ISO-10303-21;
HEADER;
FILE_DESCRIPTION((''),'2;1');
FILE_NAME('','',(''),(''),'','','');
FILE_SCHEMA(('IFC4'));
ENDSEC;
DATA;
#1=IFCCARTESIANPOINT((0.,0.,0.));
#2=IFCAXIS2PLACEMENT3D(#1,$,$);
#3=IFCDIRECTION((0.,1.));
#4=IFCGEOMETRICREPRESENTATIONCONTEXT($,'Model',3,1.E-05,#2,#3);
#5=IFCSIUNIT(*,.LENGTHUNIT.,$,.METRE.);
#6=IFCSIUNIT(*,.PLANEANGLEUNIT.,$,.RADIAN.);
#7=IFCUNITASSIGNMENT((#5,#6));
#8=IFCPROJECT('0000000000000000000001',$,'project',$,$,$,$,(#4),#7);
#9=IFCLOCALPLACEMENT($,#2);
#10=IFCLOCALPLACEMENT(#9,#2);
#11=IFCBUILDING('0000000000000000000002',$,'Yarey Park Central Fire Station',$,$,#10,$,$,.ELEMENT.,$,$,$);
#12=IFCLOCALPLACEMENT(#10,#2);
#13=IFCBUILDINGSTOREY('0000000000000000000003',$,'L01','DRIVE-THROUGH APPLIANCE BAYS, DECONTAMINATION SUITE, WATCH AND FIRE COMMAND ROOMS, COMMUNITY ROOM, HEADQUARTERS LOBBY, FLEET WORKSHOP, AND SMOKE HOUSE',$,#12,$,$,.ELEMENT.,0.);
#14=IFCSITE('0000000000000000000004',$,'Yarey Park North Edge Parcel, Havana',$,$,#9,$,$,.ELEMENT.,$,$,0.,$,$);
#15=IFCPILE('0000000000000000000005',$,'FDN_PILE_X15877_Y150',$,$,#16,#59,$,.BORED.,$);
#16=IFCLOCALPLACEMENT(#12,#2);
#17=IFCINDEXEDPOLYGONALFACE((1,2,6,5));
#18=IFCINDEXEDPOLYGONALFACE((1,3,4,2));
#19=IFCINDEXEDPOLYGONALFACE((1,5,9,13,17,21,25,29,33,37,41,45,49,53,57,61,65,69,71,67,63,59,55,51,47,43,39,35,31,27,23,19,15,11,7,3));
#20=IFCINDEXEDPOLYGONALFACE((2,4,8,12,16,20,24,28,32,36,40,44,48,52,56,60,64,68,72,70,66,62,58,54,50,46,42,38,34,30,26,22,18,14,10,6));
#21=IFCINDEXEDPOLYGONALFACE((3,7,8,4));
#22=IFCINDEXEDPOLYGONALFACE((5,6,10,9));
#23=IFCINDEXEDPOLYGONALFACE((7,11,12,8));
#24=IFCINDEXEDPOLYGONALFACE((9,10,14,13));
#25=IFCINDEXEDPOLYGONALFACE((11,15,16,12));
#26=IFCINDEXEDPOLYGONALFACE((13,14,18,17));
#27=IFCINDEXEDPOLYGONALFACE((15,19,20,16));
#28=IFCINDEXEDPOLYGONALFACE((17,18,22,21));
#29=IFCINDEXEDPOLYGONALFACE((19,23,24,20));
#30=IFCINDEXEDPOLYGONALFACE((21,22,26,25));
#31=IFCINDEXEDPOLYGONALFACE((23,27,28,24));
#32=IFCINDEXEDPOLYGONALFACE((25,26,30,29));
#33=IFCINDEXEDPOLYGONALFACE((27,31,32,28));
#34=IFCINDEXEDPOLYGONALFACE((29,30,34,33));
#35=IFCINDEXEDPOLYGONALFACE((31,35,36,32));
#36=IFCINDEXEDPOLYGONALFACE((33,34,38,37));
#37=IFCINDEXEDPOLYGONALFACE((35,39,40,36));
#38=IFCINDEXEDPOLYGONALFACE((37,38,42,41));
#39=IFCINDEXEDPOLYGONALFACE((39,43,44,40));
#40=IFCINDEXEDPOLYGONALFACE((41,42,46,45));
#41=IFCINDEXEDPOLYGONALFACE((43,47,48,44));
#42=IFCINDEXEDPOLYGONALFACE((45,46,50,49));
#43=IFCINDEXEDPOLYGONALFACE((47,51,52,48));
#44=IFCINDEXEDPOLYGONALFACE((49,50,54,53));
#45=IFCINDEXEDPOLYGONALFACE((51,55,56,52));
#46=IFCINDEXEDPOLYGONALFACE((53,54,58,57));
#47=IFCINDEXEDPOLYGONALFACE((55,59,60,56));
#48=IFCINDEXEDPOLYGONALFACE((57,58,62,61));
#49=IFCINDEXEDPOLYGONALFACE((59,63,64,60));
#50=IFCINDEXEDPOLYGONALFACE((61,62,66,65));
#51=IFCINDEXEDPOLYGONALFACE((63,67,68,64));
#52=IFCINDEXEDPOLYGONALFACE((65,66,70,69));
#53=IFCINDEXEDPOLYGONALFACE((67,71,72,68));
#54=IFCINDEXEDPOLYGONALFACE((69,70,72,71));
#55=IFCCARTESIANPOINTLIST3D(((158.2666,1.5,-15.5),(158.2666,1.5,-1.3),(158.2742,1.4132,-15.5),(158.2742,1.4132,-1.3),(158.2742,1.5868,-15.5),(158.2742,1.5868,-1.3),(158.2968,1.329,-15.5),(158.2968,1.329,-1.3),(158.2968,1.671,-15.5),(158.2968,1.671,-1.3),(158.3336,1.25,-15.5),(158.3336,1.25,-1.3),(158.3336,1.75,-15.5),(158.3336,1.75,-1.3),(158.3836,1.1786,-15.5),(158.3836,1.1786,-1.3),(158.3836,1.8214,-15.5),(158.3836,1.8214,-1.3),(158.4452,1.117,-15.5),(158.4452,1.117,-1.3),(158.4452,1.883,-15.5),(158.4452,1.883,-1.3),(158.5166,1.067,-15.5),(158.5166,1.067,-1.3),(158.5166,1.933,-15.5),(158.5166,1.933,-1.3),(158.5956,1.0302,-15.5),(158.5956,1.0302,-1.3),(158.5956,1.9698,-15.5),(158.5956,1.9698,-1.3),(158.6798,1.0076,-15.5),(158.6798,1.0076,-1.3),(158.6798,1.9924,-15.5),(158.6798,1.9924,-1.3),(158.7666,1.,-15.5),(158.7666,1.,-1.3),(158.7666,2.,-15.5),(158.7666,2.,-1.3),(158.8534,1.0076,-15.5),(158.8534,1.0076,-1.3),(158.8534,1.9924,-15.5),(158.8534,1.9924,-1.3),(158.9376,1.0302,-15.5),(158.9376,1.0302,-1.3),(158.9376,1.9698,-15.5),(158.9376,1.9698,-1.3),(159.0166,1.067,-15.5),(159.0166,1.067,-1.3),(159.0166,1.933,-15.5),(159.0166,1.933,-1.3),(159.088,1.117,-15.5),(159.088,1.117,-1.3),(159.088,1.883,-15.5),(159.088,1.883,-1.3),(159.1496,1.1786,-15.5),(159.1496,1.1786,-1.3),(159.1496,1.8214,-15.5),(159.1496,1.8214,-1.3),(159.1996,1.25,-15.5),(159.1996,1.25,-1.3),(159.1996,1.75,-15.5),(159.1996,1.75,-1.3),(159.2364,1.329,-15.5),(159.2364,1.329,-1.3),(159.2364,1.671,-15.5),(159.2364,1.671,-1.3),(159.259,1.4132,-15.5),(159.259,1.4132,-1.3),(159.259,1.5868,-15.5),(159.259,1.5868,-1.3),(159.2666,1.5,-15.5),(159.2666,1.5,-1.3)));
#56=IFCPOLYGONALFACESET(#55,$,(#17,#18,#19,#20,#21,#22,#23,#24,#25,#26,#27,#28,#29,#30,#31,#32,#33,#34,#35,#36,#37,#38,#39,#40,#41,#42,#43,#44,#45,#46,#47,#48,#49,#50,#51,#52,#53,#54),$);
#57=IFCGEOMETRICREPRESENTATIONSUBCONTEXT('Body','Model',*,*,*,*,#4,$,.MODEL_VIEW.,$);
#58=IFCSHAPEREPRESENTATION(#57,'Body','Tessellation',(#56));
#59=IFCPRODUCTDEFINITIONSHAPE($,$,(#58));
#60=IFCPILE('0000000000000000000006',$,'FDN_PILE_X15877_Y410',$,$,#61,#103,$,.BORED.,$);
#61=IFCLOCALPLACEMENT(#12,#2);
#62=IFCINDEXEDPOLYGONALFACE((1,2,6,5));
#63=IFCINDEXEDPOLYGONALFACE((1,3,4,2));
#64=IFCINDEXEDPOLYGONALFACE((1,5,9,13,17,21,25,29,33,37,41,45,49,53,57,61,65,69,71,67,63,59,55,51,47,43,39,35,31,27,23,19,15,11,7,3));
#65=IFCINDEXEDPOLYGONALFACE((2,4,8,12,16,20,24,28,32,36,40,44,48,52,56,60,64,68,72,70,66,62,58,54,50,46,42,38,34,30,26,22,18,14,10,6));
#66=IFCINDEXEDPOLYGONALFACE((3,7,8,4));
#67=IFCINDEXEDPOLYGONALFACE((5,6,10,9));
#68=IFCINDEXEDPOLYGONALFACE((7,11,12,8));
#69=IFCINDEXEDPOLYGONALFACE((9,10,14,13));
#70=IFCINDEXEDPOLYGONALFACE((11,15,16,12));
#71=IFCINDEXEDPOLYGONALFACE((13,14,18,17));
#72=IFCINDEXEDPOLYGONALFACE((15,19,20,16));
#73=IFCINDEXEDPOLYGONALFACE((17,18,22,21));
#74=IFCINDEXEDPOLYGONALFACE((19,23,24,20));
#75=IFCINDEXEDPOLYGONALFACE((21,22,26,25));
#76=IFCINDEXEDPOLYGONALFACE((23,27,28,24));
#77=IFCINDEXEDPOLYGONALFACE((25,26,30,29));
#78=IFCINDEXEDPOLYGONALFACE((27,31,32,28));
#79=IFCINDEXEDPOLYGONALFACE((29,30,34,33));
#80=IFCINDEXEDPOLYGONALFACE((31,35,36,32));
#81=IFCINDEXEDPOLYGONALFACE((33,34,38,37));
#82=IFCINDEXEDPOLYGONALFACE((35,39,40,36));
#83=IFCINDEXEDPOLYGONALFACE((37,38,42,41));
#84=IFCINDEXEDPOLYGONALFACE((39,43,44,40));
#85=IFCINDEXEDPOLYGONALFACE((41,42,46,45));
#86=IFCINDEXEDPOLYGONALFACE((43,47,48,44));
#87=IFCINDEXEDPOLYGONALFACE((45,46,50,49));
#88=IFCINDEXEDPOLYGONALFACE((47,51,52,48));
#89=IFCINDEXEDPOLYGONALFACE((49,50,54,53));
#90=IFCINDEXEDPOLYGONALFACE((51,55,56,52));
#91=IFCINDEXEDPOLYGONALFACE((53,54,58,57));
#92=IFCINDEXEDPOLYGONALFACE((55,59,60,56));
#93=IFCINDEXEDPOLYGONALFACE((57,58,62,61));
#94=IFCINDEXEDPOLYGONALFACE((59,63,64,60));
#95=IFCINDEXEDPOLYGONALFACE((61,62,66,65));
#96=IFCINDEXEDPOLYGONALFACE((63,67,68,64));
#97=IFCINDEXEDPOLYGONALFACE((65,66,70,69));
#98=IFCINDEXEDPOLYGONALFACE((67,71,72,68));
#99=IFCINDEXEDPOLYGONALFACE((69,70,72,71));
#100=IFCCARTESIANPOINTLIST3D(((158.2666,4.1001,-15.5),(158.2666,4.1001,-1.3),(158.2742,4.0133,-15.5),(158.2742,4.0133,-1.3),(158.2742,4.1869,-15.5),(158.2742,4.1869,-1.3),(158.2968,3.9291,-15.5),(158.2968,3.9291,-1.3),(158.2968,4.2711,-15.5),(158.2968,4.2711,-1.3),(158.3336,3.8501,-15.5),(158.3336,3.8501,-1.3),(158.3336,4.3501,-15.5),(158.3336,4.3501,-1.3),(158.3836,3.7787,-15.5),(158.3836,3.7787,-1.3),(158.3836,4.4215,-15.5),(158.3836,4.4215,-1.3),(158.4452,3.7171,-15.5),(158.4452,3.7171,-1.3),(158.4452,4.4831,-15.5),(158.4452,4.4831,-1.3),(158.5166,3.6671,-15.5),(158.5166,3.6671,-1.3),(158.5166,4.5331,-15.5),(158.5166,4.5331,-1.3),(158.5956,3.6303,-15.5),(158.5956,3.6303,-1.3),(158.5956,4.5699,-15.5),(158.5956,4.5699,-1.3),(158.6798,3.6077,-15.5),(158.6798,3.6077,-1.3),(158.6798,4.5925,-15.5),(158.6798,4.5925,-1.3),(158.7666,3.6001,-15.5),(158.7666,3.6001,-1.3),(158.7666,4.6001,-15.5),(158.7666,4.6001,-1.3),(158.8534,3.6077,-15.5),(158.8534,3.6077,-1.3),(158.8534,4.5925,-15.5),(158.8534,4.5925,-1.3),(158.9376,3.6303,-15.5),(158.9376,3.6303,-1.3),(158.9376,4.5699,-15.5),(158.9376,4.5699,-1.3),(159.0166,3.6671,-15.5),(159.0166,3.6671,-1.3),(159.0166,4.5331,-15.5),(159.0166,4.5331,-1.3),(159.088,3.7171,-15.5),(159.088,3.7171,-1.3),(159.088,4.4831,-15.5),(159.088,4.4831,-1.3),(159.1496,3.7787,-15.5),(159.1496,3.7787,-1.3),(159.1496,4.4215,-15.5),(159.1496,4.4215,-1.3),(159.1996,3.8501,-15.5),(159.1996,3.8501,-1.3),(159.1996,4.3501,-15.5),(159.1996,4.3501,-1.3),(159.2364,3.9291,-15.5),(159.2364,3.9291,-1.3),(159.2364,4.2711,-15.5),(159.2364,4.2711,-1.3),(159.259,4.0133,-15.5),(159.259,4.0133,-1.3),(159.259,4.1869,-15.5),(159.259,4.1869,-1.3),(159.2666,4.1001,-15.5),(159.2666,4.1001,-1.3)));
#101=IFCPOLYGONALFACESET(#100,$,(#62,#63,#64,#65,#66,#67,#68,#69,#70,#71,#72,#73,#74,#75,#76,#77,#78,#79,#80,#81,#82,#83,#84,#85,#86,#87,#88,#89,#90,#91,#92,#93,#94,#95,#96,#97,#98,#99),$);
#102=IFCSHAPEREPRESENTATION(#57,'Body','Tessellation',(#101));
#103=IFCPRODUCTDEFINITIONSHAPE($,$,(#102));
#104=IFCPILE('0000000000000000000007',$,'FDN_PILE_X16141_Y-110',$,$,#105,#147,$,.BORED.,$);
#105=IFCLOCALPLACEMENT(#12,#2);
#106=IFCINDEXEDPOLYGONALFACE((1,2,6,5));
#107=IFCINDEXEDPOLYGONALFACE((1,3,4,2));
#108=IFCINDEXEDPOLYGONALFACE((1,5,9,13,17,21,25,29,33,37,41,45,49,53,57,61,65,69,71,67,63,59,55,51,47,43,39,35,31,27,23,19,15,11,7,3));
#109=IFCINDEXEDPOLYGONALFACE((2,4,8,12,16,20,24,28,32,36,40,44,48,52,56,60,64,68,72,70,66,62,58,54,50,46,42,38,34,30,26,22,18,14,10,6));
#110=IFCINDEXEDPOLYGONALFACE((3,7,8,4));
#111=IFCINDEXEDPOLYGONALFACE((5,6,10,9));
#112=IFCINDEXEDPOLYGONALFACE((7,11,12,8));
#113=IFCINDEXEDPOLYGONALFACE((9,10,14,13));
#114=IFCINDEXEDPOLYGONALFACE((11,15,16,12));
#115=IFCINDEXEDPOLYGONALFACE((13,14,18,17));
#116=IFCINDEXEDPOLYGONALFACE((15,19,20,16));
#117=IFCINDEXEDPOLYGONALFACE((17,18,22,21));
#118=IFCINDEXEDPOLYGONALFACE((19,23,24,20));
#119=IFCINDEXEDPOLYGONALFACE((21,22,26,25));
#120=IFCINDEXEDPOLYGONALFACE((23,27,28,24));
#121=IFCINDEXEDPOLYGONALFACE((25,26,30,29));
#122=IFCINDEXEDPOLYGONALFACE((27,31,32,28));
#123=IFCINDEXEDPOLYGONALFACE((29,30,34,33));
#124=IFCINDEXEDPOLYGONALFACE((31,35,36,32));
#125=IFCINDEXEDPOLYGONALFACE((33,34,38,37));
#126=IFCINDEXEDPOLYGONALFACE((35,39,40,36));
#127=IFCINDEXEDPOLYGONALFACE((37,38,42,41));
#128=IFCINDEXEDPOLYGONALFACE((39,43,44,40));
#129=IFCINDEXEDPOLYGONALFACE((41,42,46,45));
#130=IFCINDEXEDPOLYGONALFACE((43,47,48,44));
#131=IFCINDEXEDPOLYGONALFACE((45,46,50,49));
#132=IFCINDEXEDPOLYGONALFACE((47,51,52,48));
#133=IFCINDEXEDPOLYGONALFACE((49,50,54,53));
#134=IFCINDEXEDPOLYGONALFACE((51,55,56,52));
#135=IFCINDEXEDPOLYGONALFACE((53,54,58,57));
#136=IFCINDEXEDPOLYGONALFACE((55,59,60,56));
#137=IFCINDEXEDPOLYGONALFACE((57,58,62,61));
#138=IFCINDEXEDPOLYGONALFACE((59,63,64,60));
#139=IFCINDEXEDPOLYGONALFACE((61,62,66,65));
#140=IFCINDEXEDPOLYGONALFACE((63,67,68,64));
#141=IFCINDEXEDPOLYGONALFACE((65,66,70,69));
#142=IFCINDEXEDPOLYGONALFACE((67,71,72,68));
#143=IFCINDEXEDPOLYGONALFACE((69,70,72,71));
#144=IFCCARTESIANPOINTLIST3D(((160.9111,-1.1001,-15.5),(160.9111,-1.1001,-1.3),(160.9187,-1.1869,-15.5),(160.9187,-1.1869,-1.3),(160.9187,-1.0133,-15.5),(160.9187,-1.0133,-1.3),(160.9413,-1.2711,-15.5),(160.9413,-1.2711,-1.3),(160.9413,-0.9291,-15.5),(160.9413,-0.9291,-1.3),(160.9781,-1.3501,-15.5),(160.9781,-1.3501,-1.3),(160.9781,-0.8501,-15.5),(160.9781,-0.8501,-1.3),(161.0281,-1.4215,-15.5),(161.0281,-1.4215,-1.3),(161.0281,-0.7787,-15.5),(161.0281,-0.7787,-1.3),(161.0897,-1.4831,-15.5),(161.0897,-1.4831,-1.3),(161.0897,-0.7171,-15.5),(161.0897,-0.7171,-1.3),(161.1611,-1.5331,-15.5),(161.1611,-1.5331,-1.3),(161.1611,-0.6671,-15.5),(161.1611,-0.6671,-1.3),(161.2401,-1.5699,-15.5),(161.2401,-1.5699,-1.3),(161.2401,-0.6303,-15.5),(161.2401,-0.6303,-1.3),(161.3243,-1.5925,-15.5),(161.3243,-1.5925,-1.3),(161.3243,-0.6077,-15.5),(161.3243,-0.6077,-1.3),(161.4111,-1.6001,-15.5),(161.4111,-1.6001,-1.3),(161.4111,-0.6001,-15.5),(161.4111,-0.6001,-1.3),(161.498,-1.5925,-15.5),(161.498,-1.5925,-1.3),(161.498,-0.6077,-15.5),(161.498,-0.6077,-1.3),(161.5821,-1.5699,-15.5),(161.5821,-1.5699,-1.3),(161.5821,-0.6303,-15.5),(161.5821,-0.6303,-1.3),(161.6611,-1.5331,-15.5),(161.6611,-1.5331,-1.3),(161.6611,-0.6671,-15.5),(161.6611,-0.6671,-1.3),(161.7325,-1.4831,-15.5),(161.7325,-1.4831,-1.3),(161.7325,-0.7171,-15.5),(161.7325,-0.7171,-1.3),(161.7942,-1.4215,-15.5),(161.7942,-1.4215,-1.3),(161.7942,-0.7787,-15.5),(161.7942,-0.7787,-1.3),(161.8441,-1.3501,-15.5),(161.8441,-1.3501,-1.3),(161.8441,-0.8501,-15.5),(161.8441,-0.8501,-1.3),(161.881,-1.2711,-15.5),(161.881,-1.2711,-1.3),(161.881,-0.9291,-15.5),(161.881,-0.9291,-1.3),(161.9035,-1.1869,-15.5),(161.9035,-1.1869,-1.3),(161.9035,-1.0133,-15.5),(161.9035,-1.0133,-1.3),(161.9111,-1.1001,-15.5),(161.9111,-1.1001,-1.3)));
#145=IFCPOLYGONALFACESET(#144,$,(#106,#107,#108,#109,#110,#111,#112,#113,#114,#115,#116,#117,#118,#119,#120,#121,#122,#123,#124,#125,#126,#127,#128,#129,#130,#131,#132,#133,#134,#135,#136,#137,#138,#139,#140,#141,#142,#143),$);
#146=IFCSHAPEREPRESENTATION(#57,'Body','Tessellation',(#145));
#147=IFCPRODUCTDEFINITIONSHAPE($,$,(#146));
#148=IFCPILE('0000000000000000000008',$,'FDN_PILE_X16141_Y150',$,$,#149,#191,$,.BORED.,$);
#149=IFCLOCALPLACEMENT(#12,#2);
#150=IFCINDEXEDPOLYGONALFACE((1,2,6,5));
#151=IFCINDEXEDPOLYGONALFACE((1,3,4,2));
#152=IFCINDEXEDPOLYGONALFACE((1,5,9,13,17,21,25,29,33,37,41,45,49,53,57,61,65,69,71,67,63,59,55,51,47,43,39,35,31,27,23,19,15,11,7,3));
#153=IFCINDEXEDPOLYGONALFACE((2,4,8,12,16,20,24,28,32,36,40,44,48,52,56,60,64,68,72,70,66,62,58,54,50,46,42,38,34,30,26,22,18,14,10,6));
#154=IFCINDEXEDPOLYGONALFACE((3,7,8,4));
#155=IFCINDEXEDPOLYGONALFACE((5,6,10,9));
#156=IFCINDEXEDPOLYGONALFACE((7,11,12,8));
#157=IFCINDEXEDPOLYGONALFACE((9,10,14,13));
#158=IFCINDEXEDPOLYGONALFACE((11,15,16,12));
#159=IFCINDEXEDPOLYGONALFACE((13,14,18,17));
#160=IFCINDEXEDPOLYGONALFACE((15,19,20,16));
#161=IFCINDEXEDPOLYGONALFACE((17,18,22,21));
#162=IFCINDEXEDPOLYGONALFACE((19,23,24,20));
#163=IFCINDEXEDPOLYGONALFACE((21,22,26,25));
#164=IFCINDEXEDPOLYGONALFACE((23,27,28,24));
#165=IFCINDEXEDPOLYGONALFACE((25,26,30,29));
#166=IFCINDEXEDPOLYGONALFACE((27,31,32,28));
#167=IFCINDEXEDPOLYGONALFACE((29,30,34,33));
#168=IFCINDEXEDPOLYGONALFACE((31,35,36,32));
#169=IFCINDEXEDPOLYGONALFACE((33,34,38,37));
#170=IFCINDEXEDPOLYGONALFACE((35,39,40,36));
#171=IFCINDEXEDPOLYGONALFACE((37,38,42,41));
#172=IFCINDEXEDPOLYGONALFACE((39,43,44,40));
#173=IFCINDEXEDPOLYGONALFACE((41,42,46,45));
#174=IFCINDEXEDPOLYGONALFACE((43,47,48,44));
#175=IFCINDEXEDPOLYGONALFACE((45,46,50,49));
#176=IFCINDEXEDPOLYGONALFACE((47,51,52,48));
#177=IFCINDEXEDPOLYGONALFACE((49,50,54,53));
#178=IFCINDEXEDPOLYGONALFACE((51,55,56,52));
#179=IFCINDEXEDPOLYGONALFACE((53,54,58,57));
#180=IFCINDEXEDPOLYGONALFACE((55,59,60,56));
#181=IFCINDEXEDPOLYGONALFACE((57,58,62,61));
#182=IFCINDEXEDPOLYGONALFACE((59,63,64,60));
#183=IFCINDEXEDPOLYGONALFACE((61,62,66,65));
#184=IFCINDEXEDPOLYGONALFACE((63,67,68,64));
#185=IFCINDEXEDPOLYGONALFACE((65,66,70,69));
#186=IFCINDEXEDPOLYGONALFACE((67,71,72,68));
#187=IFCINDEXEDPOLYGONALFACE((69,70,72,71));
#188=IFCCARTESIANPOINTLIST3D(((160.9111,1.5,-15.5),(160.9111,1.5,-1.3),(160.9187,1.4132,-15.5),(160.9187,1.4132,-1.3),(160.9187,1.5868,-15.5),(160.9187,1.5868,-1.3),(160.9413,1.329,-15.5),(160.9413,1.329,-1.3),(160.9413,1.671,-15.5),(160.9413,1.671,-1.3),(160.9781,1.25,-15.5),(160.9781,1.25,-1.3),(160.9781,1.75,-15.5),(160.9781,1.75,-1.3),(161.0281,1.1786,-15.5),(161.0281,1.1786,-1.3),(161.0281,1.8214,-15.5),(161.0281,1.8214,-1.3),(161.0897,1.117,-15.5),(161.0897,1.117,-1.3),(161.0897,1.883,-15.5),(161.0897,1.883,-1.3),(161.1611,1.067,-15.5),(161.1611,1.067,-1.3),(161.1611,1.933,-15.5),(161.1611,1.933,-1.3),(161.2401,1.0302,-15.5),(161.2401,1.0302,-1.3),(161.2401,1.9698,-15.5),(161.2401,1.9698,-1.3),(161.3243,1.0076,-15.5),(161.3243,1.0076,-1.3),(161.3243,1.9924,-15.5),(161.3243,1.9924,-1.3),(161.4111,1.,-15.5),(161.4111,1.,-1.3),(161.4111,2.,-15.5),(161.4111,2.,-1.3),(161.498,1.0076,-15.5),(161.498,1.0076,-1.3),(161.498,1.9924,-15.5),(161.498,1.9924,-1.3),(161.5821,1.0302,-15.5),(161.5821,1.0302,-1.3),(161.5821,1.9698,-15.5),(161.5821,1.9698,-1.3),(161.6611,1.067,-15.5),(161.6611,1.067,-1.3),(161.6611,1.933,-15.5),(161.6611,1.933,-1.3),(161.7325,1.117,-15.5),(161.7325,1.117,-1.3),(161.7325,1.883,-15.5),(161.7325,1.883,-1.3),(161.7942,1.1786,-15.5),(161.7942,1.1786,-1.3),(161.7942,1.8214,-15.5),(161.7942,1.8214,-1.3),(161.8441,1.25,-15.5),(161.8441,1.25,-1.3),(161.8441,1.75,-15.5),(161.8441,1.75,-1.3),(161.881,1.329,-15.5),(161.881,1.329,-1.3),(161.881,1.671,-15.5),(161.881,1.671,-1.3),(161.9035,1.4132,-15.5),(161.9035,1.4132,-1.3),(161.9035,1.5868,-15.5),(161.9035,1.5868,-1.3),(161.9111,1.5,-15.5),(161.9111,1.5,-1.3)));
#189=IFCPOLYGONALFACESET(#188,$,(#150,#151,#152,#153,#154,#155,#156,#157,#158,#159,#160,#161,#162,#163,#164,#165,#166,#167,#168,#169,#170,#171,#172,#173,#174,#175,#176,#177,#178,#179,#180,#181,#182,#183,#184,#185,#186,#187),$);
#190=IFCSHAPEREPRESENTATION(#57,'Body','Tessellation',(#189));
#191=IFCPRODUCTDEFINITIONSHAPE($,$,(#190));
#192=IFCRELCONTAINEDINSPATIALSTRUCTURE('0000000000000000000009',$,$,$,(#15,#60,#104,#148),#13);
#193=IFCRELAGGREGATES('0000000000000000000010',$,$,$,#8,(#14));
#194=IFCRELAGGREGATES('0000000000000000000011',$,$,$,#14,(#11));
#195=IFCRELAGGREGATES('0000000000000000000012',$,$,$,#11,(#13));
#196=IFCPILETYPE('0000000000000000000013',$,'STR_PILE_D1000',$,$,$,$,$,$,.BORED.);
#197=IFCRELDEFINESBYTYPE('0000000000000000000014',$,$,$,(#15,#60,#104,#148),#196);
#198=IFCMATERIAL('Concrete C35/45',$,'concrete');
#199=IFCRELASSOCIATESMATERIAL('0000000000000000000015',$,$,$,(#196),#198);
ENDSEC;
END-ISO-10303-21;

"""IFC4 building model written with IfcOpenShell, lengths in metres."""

from ifc_helpers import new_model, si_unit, direction, frame, origin, origin_2d, place, context, subcontext, project, spatial, circle, extrude, material, material_profile, profile_set, type_object, element, save


model = new_model("IFC4")

# Units and contexts
model_context = context("Model", 3, precision=1e-05, world=origin(), true_north=direction((0.0, 1.0)))
body_context = subcontext(model_context, "Body", "Model", "MODEL_VIEW")
ifc_project = project(units=[si_unit("LENGTHUNIT", "METRE"), si_unit("PLANEANGLEUNIT", "RADIAN")], contexts=[model_context])

# Site, building, storey
site_placement = place(None, origin())
site = spatial("IfcSite", under=ifc_project, at=site_placement, Name="Yarey Park North Edge Parcel, Havana", CompositionType="ELEMENT", RefElevation=0.0)
building_placement = place(site_placement, origin())
building = spatial("IfcBuilding", under=site, at=building_placement, Name="Yarey Park Central Fire Station", CompositionType="ELEMENT")
storey_placement = place(building_placement, origin())
storey = spatial("IfcBuildingStorey", under=building, at=storey_placement, Name="L01", Description="DRIVE-THROUGH APPLIANCE BAYS, DECONTAMINATION SUITE, WATCH AND FIRE COMMAND ROOMS, COMMUNITY ROOM, HEADQUARTERS LOBBY, FLEET WORKSHOP, AND SMOKE HOUSE", CompositionType="ELEMENT", Elevation=0.0)

# Piles
ifc_material_1 = material(Name="Concrete C35/45", Category="concrete")
ifc_material_profile_1 = material_profile(ifc_material_1, circle(Radius=0.5, at=origin_2d()), Name="BORED PILE D1000")
ifc_profile_set_1 = profile_set([ifc_material_profile_1], Name="Concrete C35/45")
pile_type = type_object("IfcPileType", Name="STR_PILE_D1000", PredefinedType="BORED", material=ifc_profile_set_1)
for number, where, z_axis, x_axis, name in (
    (1, (158.7666, 1.5, -1.3), (0.0, 0.0, -1.0), (1.0, 0.0, 0.0), "FDN_PILE_X15877_Y150"),
    (2, (158.7666, 4.1001, -1.3), (0.0, 0.0, -1.0), (1.0, 0.0, 0.0), "FDN_PILE_X15877_Y410"),
    (3, (161.4111, -1.1001, -1.3), (0.0, 0.0, -1.0), (1.0, 0.0, 0.0), "FDN_PILE_X16141_Y-110"),
    (4, (161.4111, 1.5, -1.3), (0.0, 0.0, -1.0), (1.0, 0.0, 0.0), "FDN_PILE_X16141_Y150"),
):
    element("IfcPile", number, at=place(storey_placement, frame(where, z_axis=z_axis, x_axis=x_axis)), inside=storey, type_object=pile_type, Name=name, PredefinedType="BORED", context=body_context, shape_type="SweptSolid", body=[
        extrude(circle(Radius=0.5, at=origin_2d()), origin(), (0.0, 0.0, 1.0), 14.2),
    ])

save(model, "model.ifc")
